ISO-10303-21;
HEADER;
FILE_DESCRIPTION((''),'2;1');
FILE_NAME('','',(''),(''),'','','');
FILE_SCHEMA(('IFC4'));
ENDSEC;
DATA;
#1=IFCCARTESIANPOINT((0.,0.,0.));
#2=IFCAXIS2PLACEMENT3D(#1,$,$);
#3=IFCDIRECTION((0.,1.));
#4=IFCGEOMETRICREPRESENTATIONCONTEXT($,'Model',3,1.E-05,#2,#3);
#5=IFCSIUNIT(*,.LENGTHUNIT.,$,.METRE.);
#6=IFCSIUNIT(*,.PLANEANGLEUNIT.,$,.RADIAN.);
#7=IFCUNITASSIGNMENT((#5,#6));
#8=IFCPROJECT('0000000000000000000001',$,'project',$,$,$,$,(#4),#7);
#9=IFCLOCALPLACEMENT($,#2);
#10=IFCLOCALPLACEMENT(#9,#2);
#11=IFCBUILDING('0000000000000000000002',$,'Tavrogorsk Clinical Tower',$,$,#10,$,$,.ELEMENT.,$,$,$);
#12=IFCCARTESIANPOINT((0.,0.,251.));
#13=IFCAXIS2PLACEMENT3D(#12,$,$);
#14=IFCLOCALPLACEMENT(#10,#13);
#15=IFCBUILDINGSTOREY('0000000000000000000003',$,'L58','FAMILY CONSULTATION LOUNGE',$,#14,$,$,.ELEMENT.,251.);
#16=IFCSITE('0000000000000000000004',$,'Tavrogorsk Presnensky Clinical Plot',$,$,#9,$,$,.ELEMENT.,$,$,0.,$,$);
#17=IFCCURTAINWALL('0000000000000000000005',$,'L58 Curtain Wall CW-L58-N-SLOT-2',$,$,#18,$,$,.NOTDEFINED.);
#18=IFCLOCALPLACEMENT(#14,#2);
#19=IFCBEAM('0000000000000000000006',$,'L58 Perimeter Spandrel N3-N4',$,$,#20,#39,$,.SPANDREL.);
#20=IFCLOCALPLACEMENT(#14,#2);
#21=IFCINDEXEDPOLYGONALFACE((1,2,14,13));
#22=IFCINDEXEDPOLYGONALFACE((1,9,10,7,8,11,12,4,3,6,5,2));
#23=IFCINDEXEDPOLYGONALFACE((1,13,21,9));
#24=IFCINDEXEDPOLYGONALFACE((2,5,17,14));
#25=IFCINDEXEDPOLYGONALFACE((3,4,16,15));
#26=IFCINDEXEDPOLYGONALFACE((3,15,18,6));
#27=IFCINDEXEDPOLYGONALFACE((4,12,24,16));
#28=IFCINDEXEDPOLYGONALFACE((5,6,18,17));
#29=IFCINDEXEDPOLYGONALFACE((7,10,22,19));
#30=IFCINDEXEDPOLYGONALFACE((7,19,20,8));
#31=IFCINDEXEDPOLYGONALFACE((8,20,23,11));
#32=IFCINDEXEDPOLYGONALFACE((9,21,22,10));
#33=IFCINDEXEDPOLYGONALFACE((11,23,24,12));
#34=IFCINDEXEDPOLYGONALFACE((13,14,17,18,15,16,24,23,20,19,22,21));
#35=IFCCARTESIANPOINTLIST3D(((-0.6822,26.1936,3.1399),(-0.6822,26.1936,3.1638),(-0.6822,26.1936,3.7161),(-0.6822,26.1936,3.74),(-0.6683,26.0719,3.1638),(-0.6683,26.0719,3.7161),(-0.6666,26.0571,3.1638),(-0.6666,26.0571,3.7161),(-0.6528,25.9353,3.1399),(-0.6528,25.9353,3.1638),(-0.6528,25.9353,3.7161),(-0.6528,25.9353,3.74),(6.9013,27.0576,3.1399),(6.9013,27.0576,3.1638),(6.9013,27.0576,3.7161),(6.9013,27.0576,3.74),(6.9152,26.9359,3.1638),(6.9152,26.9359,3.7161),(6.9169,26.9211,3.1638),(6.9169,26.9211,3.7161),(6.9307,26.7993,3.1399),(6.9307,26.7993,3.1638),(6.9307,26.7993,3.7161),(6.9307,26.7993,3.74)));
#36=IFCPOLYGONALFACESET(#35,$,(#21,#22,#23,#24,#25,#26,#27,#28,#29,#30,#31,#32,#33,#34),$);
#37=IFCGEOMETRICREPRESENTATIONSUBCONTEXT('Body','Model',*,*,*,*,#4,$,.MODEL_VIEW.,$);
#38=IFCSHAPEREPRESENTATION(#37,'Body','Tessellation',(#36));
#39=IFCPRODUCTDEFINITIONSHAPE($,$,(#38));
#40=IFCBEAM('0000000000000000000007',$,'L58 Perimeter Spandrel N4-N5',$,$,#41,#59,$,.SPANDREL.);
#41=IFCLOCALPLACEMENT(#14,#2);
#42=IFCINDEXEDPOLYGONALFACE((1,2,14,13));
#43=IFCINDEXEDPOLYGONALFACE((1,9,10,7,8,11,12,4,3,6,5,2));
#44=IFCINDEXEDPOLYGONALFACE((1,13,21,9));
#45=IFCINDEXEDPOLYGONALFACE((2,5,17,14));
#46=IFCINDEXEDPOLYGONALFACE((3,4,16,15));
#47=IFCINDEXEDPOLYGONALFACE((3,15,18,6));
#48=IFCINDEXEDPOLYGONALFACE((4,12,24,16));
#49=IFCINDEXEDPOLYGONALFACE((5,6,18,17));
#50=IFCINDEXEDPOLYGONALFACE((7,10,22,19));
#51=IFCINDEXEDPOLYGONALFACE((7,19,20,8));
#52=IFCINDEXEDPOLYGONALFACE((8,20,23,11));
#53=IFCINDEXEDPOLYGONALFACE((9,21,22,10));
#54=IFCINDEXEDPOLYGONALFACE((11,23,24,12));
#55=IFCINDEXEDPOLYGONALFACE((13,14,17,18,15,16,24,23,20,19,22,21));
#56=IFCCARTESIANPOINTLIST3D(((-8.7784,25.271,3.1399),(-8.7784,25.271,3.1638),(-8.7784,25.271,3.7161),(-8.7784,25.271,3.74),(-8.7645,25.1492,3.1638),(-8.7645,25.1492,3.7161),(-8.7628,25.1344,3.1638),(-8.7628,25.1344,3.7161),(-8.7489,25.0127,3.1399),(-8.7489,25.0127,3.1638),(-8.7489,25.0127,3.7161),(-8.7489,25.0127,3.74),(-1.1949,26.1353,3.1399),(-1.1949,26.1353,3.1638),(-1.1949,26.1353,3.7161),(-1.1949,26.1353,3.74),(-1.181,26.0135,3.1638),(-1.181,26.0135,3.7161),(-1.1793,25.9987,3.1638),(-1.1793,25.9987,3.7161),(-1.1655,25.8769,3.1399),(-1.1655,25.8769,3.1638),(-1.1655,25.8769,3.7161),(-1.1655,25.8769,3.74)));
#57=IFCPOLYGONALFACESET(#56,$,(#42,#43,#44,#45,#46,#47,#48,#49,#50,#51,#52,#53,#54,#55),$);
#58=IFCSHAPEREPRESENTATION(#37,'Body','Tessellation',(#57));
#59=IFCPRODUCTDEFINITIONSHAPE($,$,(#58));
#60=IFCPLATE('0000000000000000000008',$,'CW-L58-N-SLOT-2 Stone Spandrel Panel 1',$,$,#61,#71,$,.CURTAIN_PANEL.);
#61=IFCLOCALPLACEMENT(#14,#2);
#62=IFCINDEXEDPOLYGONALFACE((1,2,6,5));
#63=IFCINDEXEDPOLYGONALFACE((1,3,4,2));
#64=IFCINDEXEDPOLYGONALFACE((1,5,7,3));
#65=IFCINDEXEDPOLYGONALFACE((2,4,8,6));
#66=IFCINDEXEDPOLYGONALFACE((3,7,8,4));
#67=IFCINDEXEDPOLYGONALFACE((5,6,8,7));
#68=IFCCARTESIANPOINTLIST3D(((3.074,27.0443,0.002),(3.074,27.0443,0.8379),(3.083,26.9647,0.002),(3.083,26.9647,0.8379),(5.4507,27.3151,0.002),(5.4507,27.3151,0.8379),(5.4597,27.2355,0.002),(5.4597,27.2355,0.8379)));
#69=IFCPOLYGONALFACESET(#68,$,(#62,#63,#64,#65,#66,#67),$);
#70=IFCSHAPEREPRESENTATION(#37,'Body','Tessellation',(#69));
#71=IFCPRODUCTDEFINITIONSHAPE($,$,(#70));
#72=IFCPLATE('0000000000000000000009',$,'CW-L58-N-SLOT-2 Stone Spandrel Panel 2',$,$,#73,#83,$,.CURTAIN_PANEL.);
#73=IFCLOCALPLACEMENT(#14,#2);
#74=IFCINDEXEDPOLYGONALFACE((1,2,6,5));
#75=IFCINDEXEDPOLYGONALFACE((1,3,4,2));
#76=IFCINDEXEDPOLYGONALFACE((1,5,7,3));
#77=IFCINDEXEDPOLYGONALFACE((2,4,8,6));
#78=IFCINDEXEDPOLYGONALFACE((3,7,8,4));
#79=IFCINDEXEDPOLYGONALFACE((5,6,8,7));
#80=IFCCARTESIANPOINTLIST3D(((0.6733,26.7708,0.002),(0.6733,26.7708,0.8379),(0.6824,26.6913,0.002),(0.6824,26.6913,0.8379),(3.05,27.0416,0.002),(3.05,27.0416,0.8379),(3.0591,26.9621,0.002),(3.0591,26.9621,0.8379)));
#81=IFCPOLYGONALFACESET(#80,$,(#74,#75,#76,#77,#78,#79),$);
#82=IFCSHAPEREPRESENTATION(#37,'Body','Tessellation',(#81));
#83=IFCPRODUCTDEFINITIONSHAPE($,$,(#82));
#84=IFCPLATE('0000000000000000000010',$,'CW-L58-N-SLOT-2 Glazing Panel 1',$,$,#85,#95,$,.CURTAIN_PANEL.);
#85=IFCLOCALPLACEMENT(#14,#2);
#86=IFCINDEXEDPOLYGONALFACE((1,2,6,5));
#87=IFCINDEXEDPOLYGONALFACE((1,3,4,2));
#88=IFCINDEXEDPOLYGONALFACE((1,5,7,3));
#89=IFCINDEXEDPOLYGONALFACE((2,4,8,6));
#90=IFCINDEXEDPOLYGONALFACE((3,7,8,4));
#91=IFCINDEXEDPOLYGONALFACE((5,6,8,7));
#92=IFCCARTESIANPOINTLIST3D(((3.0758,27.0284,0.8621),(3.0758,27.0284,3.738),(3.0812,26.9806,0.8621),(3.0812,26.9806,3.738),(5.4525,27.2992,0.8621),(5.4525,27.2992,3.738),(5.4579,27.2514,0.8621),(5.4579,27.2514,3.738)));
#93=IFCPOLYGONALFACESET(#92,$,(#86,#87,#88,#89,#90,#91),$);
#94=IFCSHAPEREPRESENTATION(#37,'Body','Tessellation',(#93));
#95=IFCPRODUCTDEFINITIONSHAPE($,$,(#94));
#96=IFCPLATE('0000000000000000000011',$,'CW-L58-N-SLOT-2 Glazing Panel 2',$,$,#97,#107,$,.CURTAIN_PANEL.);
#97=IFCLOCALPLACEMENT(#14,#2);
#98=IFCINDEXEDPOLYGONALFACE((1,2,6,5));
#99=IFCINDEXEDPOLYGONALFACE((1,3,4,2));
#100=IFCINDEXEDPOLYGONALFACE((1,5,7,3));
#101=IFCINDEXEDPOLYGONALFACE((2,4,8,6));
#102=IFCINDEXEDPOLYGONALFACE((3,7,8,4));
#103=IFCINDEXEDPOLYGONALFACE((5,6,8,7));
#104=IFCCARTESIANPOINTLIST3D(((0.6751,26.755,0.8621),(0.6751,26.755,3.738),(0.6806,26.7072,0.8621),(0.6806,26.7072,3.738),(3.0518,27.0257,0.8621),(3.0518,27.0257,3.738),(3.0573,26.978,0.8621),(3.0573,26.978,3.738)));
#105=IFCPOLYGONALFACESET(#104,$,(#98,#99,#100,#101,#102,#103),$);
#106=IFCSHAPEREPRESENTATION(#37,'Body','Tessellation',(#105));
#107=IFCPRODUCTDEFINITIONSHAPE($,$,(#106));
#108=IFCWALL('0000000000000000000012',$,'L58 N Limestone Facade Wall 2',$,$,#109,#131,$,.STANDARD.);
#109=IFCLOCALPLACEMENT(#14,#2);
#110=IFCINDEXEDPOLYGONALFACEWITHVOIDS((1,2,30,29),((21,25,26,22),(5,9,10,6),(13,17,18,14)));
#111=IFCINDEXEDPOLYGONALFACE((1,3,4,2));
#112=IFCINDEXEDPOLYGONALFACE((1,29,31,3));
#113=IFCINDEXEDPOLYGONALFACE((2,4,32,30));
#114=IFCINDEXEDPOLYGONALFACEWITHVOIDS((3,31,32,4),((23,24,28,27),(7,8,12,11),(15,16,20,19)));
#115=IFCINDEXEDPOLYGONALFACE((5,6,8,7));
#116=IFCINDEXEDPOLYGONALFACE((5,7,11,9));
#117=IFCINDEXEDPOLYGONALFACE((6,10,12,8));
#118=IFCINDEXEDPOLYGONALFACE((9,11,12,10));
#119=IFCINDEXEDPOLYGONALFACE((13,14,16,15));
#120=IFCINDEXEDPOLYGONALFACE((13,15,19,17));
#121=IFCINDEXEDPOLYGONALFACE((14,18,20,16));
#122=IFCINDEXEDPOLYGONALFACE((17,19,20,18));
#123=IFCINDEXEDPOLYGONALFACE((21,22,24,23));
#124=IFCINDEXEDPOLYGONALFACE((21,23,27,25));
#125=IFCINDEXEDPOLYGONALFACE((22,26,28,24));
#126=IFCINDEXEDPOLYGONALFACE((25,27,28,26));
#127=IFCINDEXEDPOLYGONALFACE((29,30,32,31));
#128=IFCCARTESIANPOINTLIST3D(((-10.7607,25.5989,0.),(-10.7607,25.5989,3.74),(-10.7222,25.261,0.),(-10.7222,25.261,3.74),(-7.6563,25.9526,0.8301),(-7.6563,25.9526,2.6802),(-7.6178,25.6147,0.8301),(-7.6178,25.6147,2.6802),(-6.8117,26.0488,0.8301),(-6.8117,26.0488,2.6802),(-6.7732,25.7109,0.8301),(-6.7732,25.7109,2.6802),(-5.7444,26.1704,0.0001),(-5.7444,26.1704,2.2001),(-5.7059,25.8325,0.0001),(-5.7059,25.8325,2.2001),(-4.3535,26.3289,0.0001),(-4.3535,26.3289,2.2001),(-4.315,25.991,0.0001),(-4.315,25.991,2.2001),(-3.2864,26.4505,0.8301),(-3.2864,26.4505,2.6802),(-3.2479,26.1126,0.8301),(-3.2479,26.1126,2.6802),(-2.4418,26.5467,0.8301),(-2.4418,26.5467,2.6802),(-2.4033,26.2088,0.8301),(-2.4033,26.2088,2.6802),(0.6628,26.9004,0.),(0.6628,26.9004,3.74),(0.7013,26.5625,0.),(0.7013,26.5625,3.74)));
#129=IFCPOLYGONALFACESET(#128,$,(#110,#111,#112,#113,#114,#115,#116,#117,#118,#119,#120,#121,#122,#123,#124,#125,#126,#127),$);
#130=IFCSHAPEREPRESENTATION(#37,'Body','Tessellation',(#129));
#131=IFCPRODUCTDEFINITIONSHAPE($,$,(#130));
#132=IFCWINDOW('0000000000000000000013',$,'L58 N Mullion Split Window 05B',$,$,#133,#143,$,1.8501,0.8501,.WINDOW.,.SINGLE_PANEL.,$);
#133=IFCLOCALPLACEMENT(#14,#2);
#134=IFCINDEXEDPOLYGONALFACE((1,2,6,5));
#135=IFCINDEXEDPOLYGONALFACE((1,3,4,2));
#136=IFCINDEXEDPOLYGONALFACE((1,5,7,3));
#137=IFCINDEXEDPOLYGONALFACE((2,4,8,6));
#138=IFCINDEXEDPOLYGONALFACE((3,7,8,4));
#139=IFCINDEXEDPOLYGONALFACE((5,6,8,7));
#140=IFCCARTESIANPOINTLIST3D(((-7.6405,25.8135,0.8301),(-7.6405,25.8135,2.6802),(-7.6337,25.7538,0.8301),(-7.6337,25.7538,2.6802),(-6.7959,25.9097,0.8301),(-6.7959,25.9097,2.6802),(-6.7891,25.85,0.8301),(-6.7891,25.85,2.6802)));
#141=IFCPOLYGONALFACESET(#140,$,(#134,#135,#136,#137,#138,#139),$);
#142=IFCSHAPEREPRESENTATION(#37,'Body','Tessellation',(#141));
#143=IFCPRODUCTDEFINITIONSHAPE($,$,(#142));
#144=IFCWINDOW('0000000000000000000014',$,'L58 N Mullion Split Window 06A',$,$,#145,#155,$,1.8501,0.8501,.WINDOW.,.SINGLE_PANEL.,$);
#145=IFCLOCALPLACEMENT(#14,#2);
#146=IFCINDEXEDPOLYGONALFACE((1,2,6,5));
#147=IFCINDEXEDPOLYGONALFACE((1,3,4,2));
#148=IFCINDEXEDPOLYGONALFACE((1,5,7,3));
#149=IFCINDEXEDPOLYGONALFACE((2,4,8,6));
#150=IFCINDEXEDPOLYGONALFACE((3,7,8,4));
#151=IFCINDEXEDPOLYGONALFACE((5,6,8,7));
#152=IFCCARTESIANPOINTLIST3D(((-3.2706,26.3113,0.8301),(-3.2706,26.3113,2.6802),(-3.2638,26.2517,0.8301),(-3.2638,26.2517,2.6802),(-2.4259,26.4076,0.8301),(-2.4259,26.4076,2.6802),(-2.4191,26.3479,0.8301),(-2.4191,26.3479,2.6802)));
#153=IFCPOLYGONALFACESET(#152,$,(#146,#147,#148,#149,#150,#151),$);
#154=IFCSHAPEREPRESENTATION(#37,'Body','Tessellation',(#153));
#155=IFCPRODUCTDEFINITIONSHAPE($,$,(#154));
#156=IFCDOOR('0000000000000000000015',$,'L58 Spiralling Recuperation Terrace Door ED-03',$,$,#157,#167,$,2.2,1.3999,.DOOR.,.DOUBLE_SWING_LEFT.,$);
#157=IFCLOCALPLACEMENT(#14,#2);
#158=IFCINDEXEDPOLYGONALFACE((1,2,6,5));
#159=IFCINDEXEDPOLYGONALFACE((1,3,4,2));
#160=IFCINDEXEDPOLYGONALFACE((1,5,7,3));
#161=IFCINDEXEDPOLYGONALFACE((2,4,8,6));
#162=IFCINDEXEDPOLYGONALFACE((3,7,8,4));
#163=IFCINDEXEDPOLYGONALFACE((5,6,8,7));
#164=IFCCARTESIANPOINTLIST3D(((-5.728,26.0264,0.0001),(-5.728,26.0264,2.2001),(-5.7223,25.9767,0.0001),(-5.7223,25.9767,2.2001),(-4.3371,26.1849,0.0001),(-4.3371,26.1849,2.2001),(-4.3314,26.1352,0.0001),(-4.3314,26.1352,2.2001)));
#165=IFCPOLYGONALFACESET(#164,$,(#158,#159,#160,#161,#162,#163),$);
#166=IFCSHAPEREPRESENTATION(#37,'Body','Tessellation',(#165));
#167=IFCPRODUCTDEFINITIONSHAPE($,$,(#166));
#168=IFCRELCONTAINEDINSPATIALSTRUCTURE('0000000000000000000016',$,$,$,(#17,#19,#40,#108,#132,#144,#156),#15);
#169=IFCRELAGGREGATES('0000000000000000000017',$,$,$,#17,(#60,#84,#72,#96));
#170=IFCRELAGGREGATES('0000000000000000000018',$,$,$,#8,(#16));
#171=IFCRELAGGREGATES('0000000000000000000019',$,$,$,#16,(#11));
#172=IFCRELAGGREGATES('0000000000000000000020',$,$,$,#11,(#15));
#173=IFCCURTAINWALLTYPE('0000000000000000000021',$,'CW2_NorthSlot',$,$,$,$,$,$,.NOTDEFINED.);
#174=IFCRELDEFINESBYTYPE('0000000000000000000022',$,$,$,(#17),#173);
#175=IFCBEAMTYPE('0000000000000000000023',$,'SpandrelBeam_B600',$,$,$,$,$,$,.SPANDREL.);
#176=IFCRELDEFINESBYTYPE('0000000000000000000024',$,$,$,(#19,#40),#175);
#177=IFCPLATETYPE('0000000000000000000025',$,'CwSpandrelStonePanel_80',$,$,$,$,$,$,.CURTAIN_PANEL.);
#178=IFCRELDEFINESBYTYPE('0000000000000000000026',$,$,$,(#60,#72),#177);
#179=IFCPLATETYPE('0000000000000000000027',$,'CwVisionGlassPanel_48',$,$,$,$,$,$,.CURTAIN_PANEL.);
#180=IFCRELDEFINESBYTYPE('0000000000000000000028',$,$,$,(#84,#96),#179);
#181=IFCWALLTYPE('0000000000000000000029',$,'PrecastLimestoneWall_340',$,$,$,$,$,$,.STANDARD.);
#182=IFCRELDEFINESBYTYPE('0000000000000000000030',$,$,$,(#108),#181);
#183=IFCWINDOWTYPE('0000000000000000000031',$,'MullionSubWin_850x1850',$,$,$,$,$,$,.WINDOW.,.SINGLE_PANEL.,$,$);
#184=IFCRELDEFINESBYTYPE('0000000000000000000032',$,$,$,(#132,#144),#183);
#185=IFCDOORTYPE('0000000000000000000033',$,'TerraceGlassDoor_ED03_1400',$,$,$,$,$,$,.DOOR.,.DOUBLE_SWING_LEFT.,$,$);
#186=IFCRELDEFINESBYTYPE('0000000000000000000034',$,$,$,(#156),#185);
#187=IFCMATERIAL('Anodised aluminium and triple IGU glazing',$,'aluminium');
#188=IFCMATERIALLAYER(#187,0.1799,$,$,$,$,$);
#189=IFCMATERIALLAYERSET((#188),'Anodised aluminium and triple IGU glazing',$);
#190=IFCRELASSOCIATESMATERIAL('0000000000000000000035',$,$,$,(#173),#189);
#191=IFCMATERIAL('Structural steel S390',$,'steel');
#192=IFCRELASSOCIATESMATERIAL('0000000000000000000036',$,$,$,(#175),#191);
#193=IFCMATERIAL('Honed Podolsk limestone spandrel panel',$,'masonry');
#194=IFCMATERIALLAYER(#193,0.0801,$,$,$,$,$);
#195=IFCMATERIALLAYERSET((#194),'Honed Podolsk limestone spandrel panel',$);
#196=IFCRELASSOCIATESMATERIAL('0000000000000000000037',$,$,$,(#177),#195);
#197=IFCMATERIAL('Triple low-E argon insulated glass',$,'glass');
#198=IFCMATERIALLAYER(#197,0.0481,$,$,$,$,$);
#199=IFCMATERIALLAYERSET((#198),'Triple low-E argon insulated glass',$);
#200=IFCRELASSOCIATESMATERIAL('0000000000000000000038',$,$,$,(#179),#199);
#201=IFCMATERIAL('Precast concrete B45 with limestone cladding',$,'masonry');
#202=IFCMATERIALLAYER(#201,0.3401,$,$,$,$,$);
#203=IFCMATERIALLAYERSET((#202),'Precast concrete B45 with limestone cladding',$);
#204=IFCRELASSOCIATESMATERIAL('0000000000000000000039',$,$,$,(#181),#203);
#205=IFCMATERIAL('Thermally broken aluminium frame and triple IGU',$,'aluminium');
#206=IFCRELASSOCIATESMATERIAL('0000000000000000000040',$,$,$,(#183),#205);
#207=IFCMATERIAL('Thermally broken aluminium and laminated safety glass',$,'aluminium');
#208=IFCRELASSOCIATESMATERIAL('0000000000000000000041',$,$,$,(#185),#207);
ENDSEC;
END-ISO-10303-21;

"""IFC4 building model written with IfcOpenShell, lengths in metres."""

from ifc_helpers import new_model, si_unit, direction, frame, frame_2d, origin, origin_2d, place, context, subcontext, project, spatial, rectangle, i_section, extrude, material, layer, layer_set, material_profile, profile_set, type_object, element, fill, aggregate, save


model = new_model("IFC4")

# Units and contexts
model_context = context("Model", 3, precision=1e-05, world=origin(), true_north=direction((0.0, 1.0)))
body_context = subcontext(model_context, "Body", "Model", "MODEL_VIEW")
ifc_project = project(units=[si_unit("LENGTHUNIT", "METRE"), si_unit("PLANEANGLEUNIT", "RADIAN")], contexts=[model_context])

# Site, building, storey
site_placement = place(None, origin())
site = spatial("IfcSite", under=ifc_project, at=site_placement, Name="Tavrogorsk Presnensky Clinical Plot", CompositionType="ELEMENT", RefElevation=0.0)
building_placement = place(site_placement, origin())
building = spatial("IfcBuilding", under=site, at=building_placement, Name="Tavrogorsk Clinical Tower", CompositionType="ELEMENT")
storey_placement = place(building_placement, frame((0.0, 0.0, 251.0)))
storey = spatial("IfcBuildingStorey", under=building, at=storey_placement, Name="L58", Description="FAMILY CONSULTATION LOUNGE", CompositionType="ELEMENT", Elevation=251.0)

# Curtain wall
ifc_material_1 = material(Name="Anodised aluminium and triple IGU glazing", Category="aluminium")
ifc_layer_1 = layer(ifc_material_1, 0.1799)
ifc_layer_set_1 = layer_set([ifc_layer_1], Name="Anodised aluminium and triple IGU glazing")
curtain_wall_type = type_object("IfcCurtainWallType", Name="CW2_NorthSlot", PredefinedType="NOTDEFINED", material=ifc_layer_set_1)
curtain_wall_placement = place(storey_placement, origin())
curtain_wall = element("IfcCurtainWall", 1, at=curtain_wall_placement, inside=storey, type_object=curtain_wall_type, Name="L58 Curtain Wall CW-L58-N-SLOT-2", PredefinedType="NOTDEFINED")

# Beams
ifc_material_2 = material(Name="Structural steel S390", Category="steel")
ifc_material_profile_1 = material_profile(ifc_material_2, i_section(OverallWidth=0.26, OverallDepth=0.6001, WebThickness=0.0149, FlangeThickness=0.0239, at=origin_2d()), Name="B-600x260x15x24")
ifc_profile_set_1 = profile_set([ifc_material_profile_1], Name="Structural steel S390")
beam_type = type_object("IfcBeamType", Name="SpandrelBeam_B600", PredefinedType="SPANDREL", material=ifc_profile_set_1)
for number, where, z_axis, x_axis, name in (
    (2, (6.916, 26.9285, 3.4399), (-0.993572, -0.113201, 0.0), (0.113201, -0.993572, 0.0), "L58 Perimeter Spandrel N3-N4"),
    (3, (-1.1802, 26.0061, 3.4399), (-0.993569, -0.113233, 0.0), (0.113233, -0.993569, 0.0), "L58 Perimeter Spandrel N4-N5"),
):
    element("IfcBeam", number, at=place(storey_placement, frame(where, z_axis=z_axis, x_axis=x_axis)), inside=storey, type_object=beam_type, Name=name, PredefinedType="SPANDREL", context=body_context, shape_type="SweptSolid", body=[
        extrude(i_section(OverallWidth=0.26, OverallDepth=0.6001, WebThickness=0.0149, FlangeThickness=0.0239, at=origin_2d()), origin(), (0.0, 0.0, 1.0), 7.6326),
    ])

# Plates
ifc_material_3 = material(Name="Honed Podolsk limestone spandrel panel", Category="masonry")
ifc_layer_2 = layer(ifc_material_3, 0.0801)
ifc_layer_set_2 = layer_set([ifc_layer_2], Name="Honed Podolsk limestone spandrel panel")
plate_type_1 = type_object("IfcPlateType", Name="CwSpandrelStonePanel_80", PredefinedType="CURTAIN_PANEL", material=ifc_layer_set_2)
plate_1_placement = place(storey_placement, frame((4.2668, 27.1399, 0.002), z_axis=(0.0, 0.0, 1.0), x_axis=(-0.993572, -0.113203, 0.0)))
plate_1 = element("IfcPlate", 4, at=plate_1_placement, type_object=plate_type_1, Name="CW-L58-N-SLOT-2 Stone Spandrel Panel 1", PredefinedType="CURTAIN_PANEL", context=body_context, shape_type="SweptSolid", body=[
    extrude(rectangle(XDim=2.3921, YDim=0.0801, at=origin_2d()), origin(), (0.0, 0.0, 1.0), 0.8359),
])
plate_2_placement = place(storey_placement, frame((1.8662, 26.8665, 0.002), z_axis=(0.0, 0.0, 1.0), x_axis=(-0.993572, -0.113203, 0.0)))
plate_2 = element("IfcPlate", 5, at=plate_2_placement, type_object=plate_type_1, Name="CW-L58-N-SLOT-2 Stone Spandrel Panel 2", PredefinedType="CURTAIN_PANEL", context=body_context, shape_type="SweptSolid", body=[
    extrude(rectangle(XDim=2.3921, YDim=0.0801, at=origin_2d()), origin(), (0.0, 0.0, 1.0), 0.8359),
])
ifc_material_4 = material(Name="Triple low-E argon insulated glass", Category="glass")
ifc_layer_3 = layer(ifc_material_4, 0.0481)
ifc_layer_set_3 = layer_set([ifc_layer_3], Name="Triple low-E argon insulated glass")
plate_type_2 = type_object("IfcPlateType", Name="CwVisionGlassPanel_48", PredefinedType="CURTAIN_PANEL", material=ifc_layer_set_3)
plate_3_placement = place(storey_placement, frame((4.2668, 27.1399, 0.8621), z_axis=(0.0, 0.0, 1.0), x_axis=(-0.993572, -0.113203, 0.0)))
plate_3 = element("IfcPlate", 6, at=plate_3_placement, type_object=plate_type_2, Name="CW-L58-N-SLOT-2 Glazing Panel 1", PredefinedType="CURTAIN_PANEL", context=body_context, shape_type="SweptSolid", body=[
    extrude(rectangle(XDim=2.3921, YDim=0.0481, at=origin_2d()), origin(), (0.0, 0.0, 1.0), 2.876),
])
plate_4_placement = place(storey_placement, frame((1.8662, 26.8665, 0.8621), z_axis=(0.0, 0.0, 1.0), x_axis=(-0.993572, -0.113203, 0.0)))
plate_4 = element("IfcPlate", 7, at=plate_4_placement, type_object=plate_type_2, Name="CW-L58-N-SLOT-2 Glazing Panel 2", PredefinedType="CURTAIN_PANEL", context=body_context, shape_type="SweptSolid", body=[
    extrude(rectangle(XDim=2.3921, YDim=0.0481, at=origin_2d()), origin(), (0.0, 0.0, 1.0), 2.876),
])
aggregate(curtain_wall, [plate_1, plate_3, plate_2, plate_4])

# Wall, openings, windows, door
ifc_material_5 = material(Name="Precast concrete B45 with limestone cladding", Category="masonry")
ifc_layer_4 = layer(ifc_material_5, 0.3401)
ifc_layer_set_4 = layer_set([ifc_layer_4], Name="Precast concrete B45 with limestone cladding")
wall_type_1 = type_object("IfcWallType", Name="PrecastLimestoneWall_340", PredefinedType="STANDARD", material=ifc_layer_set_4)
wall_1_placement = place(storey_placement, frame((0.6819, 26.7314, 0.0), z_axis=(0.0, 0.0, 1.0), x_axis=(-0.993572, -0.113202, 0.0)))
wall_1 = element("IfcWall", 8, at=wall_1_placement, inside=storey, type_object=wall_type_1, Name="L58 N Limestone Facade Wall 2", PredefinedType="STANDARD", context=body_context, shape_type="SweptSolid", body=[
    extrude(rectangle(XDim=11.4973, YDim=0.3401, at=frame_2d((5.7485, 0.0))), origin(), (0.0, 0.0, 1.0), 3.74),
])
opening_1_placement = place(wall_1_placement, frame((5.0486, 0.0, 0.0)))
opening_1 = element("IfcOpeningElement", 9, at=opening_1_placement, cuts=wall_1, PredefinedType="OPENING", context=body_context, shape_type="SweptSolid", body=[
    extrude(rectangle(XDim=1.3999, YDim=2.2, at=frame_2d((0.7, 1.1001))), frame((0.0, 0.1799, 0.0), z_axis=(0.0, -1.0, 0.0), x_axis=(1.0, 0.0, 0.0)), (0.0, 0.0, 1.0), 0.3601),
])
opening_2_placement = place(wall_1_placement, frame((7.5227, 0.0, 0.8301)))
opening_2 = element("IfcOpeningElement", 10, at=opening_2_placement, cuts=wall_1, PredefinedType="OPENING", context=body_context, shape_type="SweptSolid", body=[
    extrude(rectangle(XDim=0.8501, YDim=1.8501, at=frame_2d((0.425, 0.925))), frame((0.0, 0.1799, 0.0), z_axis=(0.0, -1.0, 0.0), x_axis=(1.0, 0.0, 0.0)), (0.0, 0.0, 1.0), 0.3601),
])
opening_3_placement = place(wall_1_placement, frame((3.1245, 0.0, 0.8301)))
opening_3 = element("IfcOpeningElement", 11, at=opening_3_placement, cuts=wall_1, PredefinedType="OPENING", context=body_context, shape_type="SweptSolid", body=[
    extrude(rectangle(XDim=0.8501, YDim=1.8501, at=frame_2d((0.425, 0.925))), frame((0.0, 0.1799, 0.0), z_axis=(0.0, -1.0, 0.0), x_axis=(1.0, 0.0, 0.0)), (0.0, 0.0, 1.0), 0.3601),
])
ifc_material_6 = material(Name="Thermally broken aluminium frame and triple IGU", Category="aluminium")
window_type = type_object("IfcWindowType", Name="MullionSubWin_850x1850", PartitioningType="SINGLE_PANEL", PredefinedType="WINDOW", material=ifc_material_6)
window_1_placement = place(opening_2_placement, origin())
window_1 = element("IfcWindow", 12, at=window_1_placement, inside=storey, type_object=window_type, Name="L58 N Mullion Split Window 05B", OverallHeight=1.8501, OverallWidth=0.8501, PartitioningType="SINGLE_PANEL", PredefinedType="WINDOW", context=body_context, shape_type="SweptSolid", body=[
    extrude(rectangle(XDim=0.8501, YDim=1.8501, at=frame_2d((0.425, 0.925))), frame((0.0, 0.03, 0.0), z_axis=(0.0, -1.0, 0.0), x_axis=(1.0, 0.0, 0.0)), (0.0, 0.0, 1.0), 0.0601),
])
fill(opening_2, window_1)
window_2_placement = place(opening_3_placement, origin())
window_2 = element("IfcWindow", 13, at=window_2_placement, inside=storey, type_object=window_type, Name="L58 N Mullion Split Window 06A", OverallHeight=1.8501, OverallWidth=0.8501, PartitioningType="SINGLE_PANEL", PredefinedType="WINDOW", context=body_context, shape_type="SweptSolid", body=[
    extrude(rectangle(XDim=0.8501, YDim=1.8501, at=frame_2d((0.425, 0.925))), frame((0.0, 0.03, 0.0), z_axis=(0.0, -1.0, 0.0), x_axis=(1.0, 0.0, 0.0)), (0.0, 0.0, 1.0), 0.0601),
])
fill(opening_3, window_2)
ifc_material_7 = material(Name="Thermally broken aluminium and laminated safety glass", Category="aluminium")
door_type = type_object("IfcDoorType", Name="TerraceGlassDoor_ED03_1400", OperationType="DOUBLE_SWING_LEFT", PredefinedType="DOOR", material=ifc_material_7)
door_placement = place(opening_1_placement, origin())
door = element("IfcDoor", 14, at=door_placement, inside=storey, type_object=door_type, Name="L58 Spiralling Recuperation Terrace Door ED-03", OperationType="DOUBLE_SWING_LEFT", OverallHeight=2.2, OverallWidth=1.3999, PredefinedType="DOOR", context=body_context, shape_type="SweptSolid", body=[
    extrude(rectangle(XDim=1.3999, YDim=2.2, at=frame_2d((0.7, 1.1001))), frame((0.0, 0.0249, 0.0), z_axis=(0.0, -1.0, 0.0), x_axis=(1.0, 0.0, 0.0)), (0.0, 0.0, 1.0), 0.05),
])
fill(opening_1, door)

save(model, "model.ifc")
